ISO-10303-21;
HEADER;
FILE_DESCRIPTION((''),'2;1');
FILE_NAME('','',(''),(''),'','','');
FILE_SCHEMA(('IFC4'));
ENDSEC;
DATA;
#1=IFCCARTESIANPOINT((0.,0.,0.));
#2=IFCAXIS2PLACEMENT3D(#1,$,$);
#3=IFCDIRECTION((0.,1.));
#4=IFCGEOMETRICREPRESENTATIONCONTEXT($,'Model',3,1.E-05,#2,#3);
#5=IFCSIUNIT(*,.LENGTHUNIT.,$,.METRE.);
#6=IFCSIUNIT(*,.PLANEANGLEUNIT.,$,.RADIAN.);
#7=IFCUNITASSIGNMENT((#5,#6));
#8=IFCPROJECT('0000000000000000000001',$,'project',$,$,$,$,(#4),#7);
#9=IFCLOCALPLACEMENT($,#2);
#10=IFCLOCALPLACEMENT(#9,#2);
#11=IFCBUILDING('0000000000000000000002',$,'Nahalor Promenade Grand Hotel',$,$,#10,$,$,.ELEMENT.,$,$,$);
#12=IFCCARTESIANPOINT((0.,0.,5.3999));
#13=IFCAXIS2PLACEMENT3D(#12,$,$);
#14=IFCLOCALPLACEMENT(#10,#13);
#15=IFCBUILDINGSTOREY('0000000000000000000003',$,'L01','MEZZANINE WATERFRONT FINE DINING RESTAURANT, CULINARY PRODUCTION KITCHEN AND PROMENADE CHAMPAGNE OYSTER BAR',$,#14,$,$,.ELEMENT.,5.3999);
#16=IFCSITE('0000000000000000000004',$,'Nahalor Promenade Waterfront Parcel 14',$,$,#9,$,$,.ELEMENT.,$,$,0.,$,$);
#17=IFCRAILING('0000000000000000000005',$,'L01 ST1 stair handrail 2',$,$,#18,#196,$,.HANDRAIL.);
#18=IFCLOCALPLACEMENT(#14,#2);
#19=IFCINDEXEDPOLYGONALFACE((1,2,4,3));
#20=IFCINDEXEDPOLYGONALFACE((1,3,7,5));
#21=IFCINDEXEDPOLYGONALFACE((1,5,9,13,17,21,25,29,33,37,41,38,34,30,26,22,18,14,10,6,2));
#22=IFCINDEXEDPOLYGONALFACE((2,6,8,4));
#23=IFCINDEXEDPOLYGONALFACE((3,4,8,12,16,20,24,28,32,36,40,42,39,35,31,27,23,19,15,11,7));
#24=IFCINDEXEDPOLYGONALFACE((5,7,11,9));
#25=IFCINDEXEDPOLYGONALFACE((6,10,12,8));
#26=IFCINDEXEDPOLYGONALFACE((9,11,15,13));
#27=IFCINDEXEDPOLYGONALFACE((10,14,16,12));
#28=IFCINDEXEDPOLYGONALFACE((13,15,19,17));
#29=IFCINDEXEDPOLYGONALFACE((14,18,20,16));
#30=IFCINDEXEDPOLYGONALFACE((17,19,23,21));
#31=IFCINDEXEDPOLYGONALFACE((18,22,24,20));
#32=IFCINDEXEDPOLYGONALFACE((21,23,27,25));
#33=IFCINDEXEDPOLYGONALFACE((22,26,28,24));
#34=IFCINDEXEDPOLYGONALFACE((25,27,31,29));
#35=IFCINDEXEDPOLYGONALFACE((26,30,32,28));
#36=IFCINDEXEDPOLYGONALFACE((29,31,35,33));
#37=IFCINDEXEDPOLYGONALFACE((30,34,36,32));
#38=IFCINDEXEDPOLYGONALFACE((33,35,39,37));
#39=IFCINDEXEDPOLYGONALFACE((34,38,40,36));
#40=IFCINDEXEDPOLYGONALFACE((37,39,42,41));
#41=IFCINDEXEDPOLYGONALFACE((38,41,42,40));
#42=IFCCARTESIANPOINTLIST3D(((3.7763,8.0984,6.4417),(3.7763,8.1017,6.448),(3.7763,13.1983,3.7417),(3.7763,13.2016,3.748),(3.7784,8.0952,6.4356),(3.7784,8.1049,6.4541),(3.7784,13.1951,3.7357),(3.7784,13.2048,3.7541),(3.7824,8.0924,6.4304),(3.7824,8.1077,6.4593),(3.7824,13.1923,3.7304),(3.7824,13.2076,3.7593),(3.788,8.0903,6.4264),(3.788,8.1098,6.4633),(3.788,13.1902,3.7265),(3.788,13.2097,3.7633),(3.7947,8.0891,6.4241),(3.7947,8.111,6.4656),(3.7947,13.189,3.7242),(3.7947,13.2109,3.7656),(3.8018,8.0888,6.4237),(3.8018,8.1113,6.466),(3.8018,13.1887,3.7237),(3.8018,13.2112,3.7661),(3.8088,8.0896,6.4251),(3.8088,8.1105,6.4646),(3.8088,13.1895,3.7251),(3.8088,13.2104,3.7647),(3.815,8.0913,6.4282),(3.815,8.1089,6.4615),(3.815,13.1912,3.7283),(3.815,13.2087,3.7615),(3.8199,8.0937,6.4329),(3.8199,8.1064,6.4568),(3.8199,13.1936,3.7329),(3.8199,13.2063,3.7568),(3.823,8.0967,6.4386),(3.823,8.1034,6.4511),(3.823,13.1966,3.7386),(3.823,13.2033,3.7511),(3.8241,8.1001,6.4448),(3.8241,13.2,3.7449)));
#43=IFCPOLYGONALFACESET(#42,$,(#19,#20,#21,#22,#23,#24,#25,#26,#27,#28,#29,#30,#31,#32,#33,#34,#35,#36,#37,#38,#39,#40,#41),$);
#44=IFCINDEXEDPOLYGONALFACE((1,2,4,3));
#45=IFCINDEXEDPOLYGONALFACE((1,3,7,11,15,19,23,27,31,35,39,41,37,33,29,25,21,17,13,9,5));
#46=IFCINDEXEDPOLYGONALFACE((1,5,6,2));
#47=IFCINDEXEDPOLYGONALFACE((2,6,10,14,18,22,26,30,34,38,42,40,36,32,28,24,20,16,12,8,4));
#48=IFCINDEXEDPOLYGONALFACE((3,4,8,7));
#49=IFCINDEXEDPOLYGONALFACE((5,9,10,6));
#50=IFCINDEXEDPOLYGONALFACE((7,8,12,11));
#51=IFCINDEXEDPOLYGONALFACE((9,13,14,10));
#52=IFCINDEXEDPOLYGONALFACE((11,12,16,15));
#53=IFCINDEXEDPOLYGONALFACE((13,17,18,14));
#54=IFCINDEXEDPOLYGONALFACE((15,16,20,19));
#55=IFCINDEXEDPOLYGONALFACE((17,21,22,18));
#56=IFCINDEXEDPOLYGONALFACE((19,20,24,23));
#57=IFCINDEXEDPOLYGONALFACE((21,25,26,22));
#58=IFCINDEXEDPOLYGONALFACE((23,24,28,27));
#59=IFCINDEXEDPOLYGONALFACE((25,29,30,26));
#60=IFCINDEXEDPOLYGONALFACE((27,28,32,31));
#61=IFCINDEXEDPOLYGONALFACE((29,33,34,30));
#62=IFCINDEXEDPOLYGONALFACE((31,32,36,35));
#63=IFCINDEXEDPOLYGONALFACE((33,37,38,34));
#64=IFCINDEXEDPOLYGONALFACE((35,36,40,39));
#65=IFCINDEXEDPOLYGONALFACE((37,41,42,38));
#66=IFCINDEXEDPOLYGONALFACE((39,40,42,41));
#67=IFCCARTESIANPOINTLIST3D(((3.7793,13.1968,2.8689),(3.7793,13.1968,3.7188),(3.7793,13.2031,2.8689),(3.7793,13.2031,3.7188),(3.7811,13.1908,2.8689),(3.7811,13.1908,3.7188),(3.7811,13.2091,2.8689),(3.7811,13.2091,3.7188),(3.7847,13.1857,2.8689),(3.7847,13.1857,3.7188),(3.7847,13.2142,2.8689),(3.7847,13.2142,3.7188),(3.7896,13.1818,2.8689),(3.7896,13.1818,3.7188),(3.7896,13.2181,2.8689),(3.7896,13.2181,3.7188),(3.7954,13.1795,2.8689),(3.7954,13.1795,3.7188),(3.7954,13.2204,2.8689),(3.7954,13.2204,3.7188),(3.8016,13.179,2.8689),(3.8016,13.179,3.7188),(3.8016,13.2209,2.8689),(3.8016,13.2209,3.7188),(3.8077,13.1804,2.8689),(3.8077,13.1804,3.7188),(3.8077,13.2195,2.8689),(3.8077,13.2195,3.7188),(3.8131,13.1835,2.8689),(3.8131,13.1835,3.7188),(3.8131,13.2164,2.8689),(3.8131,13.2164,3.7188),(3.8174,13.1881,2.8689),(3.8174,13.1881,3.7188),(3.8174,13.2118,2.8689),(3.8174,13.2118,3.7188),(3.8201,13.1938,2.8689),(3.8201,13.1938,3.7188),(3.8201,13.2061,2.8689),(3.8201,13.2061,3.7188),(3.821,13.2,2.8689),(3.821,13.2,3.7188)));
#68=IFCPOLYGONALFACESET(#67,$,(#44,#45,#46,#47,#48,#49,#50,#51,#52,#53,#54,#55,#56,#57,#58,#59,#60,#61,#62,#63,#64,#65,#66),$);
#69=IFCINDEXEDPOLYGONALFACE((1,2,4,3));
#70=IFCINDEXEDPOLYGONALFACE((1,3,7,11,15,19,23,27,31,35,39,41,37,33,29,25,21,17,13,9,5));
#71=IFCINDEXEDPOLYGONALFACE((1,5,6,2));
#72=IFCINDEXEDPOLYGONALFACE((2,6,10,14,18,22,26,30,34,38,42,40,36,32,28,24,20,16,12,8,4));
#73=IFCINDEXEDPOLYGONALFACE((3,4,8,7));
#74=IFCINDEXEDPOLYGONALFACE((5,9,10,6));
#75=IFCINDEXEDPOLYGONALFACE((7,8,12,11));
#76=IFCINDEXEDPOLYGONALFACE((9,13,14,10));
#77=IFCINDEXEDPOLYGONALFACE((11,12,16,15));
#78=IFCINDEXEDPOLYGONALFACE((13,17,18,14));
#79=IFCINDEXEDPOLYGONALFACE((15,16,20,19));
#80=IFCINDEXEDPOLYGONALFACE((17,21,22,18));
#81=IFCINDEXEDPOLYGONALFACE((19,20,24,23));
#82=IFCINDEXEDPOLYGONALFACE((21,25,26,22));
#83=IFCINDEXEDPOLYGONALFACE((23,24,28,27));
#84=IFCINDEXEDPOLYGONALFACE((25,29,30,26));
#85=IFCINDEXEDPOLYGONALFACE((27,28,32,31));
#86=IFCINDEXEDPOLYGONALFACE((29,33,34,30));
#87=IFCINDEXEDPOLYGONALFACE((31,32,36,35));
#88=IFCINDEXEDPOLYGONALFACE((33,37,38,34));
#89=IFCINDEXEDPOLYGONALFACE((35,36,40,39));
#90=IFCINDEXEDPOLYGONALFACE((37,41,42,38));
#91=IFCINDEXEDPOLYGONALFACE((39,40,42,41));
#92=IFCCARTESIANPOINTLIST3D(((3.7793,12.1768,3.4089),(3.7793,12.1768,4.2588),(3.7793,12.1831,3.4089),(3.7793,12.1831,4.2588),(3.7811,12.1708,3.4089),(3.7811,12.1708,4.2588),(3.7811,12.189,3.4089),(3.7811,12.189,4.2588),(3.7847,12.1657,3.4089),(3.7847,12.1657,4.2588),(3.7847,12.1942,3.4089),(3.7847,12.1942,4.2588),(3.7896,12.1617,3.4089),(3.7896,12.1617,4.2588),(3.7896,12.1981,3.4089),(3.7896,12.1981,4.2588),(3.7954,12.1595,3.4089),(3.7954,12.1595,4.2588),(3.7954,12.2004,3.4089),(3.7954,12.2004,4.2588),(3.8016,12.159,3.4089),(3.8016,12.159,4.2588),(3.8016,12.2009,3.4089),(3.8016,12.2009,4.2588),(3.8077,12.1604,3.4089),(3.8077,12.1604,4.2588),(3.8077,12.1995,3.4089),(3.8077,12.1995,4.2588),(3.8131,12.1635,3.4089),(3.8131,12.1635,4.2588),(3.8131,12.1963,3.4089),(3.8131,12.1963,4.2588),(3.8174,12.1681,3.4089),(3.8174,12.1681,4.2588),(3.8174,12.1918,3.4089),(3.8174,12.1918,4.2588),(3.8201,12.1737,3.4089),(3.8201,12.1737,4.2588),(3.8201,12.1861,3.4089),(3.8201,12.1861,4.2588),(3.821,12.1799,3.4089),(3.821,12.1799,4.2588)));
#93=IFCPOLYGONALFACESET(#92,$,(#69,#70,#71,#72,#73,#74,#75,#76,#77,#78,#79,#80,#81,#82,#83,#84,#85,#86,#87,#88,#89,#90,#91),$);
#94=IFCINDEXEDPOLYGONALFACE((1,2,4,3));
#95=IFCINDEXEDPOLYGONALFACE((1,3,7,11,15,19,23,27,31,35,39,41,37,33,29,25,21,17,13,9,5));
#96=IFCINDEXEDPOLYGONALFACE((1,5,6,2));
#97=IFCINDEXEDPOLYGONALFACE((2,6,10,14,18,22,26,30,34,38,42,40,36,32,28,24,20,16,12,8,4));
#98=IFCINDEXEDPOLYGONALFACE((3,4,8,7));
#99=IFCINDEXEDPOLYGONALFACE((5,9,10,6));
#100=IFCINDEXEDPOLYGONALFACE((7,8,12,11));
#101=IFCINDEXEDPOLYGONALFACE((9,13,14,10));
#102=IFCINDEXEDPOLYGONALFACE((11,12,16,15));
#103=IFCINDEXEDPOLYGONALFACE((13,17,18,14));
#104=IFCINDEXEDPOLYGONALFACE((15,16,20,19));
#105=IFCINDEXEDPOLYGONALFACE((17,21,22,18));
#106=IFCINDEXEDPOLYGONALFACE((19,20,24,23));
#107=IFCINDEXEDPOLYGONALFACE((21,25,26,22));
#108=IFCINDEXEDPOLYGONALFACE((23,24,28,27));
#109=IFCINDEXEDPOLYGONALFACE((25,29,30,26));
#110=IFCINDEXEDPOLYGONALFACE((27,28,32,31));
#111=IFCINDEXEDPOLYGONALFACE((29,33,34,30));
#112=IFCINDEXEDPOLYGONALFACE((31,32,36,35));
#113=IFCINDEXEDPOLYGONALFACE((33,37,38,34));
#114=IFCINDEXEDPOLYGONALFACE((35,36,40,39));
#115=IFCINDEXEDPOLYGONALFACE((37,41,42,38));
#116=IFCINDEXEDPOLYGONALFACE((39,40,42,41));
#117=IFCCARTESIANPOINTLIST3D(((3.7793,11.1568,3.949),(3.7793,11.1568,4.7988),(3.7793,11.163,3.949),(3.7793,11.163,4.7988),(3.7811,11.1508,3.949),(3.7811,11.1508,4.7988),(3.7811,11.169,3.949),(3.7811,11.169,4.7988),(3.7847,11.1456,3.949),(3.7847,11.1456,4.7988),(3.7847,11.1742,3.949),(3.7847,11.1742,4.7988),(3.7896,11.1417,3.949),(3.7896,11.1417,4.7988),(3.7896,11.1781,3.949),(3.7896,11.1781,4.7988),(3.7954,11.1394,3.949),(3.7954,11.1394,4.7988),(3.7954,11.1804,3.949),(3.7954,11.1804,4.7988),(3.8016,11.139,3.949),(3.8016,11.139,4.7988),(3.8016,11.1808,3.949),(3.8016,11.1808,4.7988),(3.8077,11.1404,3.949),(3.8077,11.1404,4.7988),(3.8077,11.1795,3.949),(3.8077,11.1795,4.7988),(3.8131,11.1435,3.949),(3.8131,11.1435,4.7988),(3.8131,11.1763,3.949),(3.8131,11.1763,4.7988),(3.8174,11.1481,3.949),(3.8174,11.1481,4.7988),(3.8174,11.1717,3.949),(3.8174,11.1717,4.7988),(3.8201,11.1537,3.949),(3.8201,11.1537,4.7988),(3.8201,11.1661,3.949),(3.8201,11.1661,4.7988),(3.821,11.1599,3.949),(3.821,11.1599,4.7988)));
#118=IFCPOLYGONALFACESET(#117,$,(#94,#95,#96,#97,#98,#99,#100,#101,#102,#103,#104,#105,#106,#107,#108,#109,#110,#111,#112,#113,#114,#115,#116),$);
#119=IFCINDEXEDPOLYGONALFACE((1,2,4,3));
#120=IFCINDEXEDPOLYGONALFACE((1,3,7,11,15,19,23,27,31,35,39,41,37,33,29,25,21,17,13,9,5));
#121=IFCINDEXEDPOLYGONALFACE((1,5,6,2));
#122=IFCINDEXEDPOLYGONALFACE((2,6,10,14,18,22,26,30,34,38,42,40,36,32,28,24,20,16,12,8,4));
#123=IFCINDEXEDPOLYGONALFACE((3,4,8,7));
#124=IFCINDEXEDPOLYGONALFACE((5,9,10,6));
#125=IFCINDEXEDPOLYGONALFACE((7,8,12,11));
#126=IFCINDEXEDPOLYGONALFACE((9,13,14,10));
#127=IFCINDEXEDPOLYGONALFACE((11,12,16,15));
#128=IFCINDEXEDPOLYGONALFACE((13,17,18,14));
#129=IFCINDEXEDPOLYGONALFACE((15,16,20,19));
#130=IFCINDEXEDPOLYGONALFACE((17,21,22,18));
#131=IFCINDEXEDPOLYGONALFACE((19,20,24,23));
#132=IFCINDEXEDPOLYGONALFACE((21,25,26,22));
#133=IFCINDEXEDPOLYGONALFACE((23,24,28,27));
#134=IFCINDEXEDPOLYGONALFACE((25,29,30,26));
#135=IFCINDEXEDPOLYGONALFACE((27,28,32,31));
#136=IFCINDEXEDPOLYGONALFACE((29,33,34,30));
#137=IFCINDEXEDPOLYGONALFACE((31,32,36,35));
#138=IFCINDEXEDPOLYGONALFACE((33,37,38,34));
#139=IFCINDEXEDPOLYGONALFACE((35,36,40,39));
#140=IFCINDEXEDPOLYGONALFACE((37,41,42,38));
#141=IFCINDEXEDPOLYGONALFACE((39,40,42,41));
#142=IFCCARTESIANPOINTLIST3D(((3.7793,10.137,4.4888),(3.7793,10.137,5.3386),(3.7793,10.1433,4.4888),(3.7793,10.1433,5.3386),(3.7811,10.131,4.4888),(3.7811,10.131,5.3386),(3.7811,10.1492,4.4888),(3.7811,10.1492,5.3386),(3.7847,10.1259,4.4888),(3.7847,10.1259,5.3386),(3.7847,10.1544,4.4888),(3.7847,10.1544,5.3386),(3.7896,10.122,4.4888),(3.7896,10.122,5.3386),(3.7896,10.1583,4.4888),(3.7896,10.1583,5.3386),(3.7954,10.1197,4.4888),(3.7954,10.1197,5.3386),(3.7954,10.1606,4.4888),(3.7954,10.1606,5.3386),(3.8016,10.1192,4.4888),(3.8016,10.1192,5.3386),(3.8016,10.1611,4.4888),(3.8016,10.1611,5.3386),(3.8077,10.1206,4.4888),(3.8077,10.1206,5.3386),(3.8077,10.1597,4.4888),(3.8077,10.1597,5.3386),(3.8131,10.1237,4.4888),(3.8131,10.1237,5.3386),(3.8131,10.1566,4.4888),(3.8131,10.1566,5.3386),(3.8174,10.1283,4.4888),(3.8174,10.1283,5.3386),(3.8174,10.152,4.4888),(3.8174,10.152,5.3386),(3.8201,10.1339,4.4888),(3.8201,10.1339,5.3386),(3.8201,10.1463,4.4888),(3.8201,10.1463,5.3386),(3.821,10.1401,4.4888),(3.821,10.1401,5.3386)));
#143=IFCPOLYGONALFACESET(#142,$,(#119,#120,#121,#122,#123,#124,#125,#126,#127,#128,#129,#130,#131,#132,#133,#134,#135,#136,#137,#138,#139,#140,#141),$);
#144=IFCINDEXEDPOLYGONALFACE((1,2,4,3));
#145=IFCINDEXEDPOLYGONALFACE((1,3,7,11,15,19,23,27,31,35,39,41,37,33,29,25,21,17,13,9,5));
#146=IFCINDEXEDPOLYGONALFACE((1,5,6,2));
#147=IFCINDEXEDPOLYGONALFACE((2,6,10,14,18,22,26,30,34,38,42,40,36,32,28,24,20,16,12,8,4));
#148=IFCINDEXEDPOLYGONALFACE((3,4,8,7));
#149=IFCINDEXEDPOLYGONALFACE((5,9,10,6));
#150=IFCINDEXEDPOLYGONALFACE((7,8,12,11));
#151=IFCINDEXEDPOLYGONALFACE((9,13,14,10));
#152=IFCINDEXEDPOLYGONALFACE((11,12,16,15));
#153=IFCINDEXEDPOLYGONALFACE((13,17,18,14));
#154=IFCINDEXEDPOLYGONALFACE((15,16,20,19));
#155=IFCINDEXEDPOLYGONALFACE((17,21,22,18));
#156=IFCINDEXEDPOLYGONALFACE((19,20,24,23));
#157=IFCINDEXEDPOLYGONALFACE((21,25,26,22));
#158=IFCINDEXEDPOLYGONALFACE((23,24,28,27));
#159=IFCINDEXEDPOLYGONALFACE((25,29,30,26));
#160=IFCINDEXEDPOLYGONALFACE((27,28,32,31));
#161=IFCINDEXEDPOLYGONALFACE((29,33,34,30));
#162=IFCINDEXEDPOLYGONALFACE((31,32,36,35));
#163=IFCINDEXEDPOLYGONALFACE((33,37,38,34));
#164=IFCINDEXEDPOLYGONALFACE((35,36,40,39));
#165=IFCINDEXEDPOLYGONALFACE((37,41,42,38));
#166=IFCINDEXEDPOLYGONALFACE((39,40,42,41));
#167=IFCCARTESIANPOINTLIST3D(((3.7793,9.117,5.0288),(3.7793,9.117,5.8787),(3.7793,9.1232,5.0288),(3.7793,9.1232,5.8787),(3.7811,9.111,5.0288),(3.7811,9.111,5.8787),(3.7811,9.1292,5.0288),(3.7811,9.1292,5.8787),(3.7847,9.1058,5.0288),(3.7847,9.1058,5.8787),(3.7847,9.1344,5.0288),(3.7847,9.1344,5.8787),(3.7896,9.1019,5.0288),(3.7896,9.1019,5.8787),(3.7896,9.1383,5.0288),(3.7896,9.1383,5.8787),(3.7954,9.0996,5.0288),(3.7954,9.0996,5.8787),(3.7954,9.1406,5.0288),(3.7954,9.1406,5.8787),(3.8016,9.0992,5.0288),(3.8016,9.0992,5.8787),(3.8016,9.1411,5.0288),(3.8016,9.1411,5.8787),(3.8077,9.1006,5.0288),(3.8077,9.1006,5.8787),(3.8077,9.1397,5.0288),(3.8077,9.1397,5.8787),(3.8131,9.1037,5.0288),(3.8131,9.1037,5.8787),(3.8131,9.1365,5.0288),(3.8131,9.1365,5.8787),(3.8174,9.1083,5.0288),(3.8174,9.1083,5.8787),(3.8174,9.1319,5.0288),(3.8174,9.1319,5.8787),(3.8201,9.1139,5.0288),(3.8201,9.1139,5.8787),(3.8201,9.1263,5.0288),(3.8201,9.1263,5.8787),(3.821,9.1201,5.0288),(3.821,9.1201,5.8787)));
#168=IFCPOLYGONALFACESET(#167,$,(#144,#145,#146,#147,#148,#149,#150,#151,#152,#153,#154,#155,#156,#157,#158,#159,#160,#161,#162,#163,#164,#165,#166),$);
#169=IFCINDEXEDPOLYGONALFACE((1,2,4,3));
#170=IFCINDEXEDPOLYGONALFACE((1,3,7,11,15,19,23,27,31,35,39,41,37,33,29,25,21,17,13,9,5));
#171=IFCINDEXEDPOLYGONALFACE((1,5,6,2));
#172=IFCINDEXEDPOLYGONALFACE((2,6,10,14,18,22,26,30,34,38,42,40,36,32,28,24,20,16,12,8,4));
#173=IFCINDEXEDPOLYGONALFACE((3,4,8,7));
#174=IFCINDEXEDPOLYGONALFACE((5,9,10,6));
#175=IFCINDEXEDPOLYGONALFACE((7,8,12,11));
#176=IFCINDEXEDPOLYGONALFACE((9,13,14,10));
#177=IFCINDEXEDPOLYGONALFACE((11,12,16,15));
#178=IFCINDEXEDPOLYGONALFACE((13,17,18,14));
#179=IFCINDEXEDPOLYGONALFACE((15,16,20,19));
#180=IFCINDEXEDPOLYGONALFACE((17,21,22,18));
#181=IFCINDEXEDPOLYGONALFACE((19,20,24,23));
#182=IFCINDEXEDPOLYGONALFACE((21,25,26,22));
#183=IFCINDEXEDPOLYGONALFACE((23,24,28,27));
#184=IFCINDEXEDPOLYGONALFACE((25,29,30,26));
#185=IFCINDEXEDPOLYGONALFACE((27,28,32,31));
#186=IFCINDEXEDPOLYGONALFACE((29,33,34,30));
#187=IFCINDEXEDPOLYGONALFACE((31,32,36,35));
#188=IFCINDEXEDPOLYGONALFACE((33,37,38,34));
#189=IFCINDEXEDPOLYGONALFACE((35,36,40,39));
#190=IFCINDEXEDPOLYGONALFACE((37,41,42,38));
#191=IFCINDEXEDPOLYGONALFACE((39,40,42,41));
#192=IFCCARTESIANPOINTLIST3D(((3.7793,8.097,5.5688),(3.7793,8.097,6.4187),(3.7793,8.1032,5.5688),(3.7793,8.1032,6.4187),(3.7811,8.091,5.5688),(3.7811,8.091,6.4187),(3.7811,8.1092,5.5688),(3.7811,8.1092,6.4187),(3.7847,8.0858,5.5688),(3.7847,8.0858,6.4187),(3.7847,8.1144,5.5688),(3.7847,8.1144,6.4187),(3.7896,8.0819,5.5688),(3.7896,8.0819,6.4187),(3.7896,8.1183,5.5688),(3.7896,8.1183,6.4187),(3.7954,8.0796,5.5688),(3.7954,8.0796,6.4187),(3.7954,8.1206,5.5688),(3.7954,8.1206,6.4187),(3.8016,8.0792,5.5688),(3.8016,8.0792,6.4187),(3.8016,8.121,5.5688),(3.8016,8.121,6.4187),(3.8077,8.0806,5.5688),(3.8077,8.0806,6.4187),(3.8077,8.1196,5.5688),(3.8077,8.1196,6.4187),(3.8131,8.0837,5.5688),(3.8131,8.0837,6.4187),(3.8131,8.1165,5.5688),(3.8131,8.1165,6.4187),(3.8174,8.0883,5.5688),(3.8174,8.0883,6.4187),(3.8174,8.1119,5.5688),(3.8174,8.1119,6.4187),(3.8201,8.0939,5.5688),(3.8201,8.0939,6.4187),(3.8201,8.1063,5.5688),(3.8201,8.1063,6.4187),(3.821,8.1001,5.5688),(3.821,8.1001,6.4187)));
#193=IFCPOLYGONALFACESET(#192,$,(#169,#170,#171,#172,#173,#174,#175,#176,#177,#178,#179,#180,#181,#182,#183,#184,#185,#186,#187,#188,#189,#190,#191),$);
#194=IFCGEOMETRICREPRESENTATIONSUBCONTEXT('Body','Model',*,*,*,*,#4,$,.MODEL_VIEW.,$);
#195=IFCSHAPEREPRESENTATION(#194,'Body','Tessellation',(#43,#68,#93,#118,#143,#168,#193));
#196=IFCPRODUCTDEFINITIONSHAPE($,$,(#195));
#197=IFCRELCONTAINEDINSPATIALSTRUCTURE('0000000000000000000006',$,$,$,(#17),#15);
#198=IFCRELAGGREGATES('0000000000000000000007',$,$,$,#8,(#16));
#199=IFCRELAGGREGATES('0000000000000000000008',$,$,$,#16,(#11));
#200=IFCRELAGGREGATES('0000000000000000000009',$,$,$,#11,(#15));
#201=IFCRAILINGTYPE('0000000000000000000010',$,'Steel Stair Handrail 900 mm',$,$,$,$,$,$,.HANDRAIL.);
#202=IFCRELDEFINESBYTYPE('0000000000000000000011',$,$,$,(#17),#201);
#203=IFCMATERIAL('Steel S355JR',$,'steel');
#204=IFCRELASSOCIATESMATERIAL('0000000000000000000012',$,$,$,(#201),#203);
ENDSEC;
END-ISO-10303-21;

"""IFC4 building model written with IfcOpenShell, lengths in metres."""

from ifc_helpers import new_model, si_unit, direction, frame, origin, origin_2d, place, context, subcontext, project, spatial, circle, extrude, material, type_object, element, save


model = new_model("IFC4")

# Units and contexts
model_context = context("Model", 3, precision=1e-05, world=origin(), true_north=direction((0.0, 1.0)))
body_context = subcontext(model_context, "Body", "Model", "MODEL_VIEW")
ifc_project = project(units=[si_unit("LENGTHUNIT", "METRE"), si_unit("PLANEANGLEUNIT", "RADIAN")], contexts=[model_context])

# Site, building, storey
site_placement = place(None, origin())
site = spatial("IfcSite", under=ifc_project, at=site_placement, Name="Nahalor Promenade Waterfront Parcel 14", CompositionType="ELEMENT", RefElevation=0.0)
building_placement = place(site_placement, origin())
building = spatial("IfcBuilding", under=site, at=building_placement, Name="Nahalor Promenade Grand Hotel", CompositionType="ELEMENT")
storey_placement = place(building_placement, frame((0.0, 0.0, 5.3999)))
storey = spatial("IfcBuildingStorey", under=building, at=storey_placement, Name="L01", Description="MEZZANINE WATERFRONT FINE DINING RESTAURANT, CULINARY PRODUCTION KITCHEN AND PROMENADE CHAMPAGNE OYSTER BAR", CompositionType="ELEMENT", Elevation=5.3999)

# Shared definitions
ifc_material_1 = material(Name="Steel S355JR", Category="steel")

# Railing
railing_type = type_object("IfcRailingType", Name="Steel Stair Handrail 900 mm", PredefinedType="HANDRAIL", material=ifc_material_1)
railing_placement = place(storey_placement, frame((3.8, 13.2, 2.8689)))
element("IfcRailing", 1, at=railing_placement, inside=storey, type_object=railing_type, Name="L01 ST1 stair handrail 2", PredefinedType="HANDRAIL", context=body_context, shape_type="SweptSolid", body=[
    extrude(circle(Radius=0.024, at=origin_2d()), frame((0.0, 0.0, 0.876), z_axis=(0.0, -0.883786, 0.467892), x_axis=(1.0, 0.0, 0.0)), (0.0, 0.0, 1.0), 5.7705),
    extrude(circle(Radius=0.021, at=origin_2d()), origin(), (0.0, 0.0, 1.0), 0.8499),
    extrude(circle(Radius=0.021, at=origin_2d()), frame((0.0, -1.02, 0.54)), (0.0, 0.0, 1.0), 0.8499),
    extrude(circle(Radius=0.021, at=origin_2d()), frame((0.0, -2.04, 1.0801)), (0.0, 0.0, 1.0), 0.8499),
    extrude(circle(Radius=0.021, at=origin_2d()), frame((0.0, -3.0598, 1.6199)), (0.0, 0.0, 1.0), 0.8499),
    extrude(circle(Radius=0.021, at=origin_2d()), frame((0.0, -4.0798, 2.1599)), (0.0, 0.0, 1.0), 0.8499),
    extrude(circle(Radius=0.021, at=origin_2d()), frame((0.0, -5.0999, 2.7)), (0.0, 0.0, 1.0), 0.8499),
])

save(model, "model.ifc")
